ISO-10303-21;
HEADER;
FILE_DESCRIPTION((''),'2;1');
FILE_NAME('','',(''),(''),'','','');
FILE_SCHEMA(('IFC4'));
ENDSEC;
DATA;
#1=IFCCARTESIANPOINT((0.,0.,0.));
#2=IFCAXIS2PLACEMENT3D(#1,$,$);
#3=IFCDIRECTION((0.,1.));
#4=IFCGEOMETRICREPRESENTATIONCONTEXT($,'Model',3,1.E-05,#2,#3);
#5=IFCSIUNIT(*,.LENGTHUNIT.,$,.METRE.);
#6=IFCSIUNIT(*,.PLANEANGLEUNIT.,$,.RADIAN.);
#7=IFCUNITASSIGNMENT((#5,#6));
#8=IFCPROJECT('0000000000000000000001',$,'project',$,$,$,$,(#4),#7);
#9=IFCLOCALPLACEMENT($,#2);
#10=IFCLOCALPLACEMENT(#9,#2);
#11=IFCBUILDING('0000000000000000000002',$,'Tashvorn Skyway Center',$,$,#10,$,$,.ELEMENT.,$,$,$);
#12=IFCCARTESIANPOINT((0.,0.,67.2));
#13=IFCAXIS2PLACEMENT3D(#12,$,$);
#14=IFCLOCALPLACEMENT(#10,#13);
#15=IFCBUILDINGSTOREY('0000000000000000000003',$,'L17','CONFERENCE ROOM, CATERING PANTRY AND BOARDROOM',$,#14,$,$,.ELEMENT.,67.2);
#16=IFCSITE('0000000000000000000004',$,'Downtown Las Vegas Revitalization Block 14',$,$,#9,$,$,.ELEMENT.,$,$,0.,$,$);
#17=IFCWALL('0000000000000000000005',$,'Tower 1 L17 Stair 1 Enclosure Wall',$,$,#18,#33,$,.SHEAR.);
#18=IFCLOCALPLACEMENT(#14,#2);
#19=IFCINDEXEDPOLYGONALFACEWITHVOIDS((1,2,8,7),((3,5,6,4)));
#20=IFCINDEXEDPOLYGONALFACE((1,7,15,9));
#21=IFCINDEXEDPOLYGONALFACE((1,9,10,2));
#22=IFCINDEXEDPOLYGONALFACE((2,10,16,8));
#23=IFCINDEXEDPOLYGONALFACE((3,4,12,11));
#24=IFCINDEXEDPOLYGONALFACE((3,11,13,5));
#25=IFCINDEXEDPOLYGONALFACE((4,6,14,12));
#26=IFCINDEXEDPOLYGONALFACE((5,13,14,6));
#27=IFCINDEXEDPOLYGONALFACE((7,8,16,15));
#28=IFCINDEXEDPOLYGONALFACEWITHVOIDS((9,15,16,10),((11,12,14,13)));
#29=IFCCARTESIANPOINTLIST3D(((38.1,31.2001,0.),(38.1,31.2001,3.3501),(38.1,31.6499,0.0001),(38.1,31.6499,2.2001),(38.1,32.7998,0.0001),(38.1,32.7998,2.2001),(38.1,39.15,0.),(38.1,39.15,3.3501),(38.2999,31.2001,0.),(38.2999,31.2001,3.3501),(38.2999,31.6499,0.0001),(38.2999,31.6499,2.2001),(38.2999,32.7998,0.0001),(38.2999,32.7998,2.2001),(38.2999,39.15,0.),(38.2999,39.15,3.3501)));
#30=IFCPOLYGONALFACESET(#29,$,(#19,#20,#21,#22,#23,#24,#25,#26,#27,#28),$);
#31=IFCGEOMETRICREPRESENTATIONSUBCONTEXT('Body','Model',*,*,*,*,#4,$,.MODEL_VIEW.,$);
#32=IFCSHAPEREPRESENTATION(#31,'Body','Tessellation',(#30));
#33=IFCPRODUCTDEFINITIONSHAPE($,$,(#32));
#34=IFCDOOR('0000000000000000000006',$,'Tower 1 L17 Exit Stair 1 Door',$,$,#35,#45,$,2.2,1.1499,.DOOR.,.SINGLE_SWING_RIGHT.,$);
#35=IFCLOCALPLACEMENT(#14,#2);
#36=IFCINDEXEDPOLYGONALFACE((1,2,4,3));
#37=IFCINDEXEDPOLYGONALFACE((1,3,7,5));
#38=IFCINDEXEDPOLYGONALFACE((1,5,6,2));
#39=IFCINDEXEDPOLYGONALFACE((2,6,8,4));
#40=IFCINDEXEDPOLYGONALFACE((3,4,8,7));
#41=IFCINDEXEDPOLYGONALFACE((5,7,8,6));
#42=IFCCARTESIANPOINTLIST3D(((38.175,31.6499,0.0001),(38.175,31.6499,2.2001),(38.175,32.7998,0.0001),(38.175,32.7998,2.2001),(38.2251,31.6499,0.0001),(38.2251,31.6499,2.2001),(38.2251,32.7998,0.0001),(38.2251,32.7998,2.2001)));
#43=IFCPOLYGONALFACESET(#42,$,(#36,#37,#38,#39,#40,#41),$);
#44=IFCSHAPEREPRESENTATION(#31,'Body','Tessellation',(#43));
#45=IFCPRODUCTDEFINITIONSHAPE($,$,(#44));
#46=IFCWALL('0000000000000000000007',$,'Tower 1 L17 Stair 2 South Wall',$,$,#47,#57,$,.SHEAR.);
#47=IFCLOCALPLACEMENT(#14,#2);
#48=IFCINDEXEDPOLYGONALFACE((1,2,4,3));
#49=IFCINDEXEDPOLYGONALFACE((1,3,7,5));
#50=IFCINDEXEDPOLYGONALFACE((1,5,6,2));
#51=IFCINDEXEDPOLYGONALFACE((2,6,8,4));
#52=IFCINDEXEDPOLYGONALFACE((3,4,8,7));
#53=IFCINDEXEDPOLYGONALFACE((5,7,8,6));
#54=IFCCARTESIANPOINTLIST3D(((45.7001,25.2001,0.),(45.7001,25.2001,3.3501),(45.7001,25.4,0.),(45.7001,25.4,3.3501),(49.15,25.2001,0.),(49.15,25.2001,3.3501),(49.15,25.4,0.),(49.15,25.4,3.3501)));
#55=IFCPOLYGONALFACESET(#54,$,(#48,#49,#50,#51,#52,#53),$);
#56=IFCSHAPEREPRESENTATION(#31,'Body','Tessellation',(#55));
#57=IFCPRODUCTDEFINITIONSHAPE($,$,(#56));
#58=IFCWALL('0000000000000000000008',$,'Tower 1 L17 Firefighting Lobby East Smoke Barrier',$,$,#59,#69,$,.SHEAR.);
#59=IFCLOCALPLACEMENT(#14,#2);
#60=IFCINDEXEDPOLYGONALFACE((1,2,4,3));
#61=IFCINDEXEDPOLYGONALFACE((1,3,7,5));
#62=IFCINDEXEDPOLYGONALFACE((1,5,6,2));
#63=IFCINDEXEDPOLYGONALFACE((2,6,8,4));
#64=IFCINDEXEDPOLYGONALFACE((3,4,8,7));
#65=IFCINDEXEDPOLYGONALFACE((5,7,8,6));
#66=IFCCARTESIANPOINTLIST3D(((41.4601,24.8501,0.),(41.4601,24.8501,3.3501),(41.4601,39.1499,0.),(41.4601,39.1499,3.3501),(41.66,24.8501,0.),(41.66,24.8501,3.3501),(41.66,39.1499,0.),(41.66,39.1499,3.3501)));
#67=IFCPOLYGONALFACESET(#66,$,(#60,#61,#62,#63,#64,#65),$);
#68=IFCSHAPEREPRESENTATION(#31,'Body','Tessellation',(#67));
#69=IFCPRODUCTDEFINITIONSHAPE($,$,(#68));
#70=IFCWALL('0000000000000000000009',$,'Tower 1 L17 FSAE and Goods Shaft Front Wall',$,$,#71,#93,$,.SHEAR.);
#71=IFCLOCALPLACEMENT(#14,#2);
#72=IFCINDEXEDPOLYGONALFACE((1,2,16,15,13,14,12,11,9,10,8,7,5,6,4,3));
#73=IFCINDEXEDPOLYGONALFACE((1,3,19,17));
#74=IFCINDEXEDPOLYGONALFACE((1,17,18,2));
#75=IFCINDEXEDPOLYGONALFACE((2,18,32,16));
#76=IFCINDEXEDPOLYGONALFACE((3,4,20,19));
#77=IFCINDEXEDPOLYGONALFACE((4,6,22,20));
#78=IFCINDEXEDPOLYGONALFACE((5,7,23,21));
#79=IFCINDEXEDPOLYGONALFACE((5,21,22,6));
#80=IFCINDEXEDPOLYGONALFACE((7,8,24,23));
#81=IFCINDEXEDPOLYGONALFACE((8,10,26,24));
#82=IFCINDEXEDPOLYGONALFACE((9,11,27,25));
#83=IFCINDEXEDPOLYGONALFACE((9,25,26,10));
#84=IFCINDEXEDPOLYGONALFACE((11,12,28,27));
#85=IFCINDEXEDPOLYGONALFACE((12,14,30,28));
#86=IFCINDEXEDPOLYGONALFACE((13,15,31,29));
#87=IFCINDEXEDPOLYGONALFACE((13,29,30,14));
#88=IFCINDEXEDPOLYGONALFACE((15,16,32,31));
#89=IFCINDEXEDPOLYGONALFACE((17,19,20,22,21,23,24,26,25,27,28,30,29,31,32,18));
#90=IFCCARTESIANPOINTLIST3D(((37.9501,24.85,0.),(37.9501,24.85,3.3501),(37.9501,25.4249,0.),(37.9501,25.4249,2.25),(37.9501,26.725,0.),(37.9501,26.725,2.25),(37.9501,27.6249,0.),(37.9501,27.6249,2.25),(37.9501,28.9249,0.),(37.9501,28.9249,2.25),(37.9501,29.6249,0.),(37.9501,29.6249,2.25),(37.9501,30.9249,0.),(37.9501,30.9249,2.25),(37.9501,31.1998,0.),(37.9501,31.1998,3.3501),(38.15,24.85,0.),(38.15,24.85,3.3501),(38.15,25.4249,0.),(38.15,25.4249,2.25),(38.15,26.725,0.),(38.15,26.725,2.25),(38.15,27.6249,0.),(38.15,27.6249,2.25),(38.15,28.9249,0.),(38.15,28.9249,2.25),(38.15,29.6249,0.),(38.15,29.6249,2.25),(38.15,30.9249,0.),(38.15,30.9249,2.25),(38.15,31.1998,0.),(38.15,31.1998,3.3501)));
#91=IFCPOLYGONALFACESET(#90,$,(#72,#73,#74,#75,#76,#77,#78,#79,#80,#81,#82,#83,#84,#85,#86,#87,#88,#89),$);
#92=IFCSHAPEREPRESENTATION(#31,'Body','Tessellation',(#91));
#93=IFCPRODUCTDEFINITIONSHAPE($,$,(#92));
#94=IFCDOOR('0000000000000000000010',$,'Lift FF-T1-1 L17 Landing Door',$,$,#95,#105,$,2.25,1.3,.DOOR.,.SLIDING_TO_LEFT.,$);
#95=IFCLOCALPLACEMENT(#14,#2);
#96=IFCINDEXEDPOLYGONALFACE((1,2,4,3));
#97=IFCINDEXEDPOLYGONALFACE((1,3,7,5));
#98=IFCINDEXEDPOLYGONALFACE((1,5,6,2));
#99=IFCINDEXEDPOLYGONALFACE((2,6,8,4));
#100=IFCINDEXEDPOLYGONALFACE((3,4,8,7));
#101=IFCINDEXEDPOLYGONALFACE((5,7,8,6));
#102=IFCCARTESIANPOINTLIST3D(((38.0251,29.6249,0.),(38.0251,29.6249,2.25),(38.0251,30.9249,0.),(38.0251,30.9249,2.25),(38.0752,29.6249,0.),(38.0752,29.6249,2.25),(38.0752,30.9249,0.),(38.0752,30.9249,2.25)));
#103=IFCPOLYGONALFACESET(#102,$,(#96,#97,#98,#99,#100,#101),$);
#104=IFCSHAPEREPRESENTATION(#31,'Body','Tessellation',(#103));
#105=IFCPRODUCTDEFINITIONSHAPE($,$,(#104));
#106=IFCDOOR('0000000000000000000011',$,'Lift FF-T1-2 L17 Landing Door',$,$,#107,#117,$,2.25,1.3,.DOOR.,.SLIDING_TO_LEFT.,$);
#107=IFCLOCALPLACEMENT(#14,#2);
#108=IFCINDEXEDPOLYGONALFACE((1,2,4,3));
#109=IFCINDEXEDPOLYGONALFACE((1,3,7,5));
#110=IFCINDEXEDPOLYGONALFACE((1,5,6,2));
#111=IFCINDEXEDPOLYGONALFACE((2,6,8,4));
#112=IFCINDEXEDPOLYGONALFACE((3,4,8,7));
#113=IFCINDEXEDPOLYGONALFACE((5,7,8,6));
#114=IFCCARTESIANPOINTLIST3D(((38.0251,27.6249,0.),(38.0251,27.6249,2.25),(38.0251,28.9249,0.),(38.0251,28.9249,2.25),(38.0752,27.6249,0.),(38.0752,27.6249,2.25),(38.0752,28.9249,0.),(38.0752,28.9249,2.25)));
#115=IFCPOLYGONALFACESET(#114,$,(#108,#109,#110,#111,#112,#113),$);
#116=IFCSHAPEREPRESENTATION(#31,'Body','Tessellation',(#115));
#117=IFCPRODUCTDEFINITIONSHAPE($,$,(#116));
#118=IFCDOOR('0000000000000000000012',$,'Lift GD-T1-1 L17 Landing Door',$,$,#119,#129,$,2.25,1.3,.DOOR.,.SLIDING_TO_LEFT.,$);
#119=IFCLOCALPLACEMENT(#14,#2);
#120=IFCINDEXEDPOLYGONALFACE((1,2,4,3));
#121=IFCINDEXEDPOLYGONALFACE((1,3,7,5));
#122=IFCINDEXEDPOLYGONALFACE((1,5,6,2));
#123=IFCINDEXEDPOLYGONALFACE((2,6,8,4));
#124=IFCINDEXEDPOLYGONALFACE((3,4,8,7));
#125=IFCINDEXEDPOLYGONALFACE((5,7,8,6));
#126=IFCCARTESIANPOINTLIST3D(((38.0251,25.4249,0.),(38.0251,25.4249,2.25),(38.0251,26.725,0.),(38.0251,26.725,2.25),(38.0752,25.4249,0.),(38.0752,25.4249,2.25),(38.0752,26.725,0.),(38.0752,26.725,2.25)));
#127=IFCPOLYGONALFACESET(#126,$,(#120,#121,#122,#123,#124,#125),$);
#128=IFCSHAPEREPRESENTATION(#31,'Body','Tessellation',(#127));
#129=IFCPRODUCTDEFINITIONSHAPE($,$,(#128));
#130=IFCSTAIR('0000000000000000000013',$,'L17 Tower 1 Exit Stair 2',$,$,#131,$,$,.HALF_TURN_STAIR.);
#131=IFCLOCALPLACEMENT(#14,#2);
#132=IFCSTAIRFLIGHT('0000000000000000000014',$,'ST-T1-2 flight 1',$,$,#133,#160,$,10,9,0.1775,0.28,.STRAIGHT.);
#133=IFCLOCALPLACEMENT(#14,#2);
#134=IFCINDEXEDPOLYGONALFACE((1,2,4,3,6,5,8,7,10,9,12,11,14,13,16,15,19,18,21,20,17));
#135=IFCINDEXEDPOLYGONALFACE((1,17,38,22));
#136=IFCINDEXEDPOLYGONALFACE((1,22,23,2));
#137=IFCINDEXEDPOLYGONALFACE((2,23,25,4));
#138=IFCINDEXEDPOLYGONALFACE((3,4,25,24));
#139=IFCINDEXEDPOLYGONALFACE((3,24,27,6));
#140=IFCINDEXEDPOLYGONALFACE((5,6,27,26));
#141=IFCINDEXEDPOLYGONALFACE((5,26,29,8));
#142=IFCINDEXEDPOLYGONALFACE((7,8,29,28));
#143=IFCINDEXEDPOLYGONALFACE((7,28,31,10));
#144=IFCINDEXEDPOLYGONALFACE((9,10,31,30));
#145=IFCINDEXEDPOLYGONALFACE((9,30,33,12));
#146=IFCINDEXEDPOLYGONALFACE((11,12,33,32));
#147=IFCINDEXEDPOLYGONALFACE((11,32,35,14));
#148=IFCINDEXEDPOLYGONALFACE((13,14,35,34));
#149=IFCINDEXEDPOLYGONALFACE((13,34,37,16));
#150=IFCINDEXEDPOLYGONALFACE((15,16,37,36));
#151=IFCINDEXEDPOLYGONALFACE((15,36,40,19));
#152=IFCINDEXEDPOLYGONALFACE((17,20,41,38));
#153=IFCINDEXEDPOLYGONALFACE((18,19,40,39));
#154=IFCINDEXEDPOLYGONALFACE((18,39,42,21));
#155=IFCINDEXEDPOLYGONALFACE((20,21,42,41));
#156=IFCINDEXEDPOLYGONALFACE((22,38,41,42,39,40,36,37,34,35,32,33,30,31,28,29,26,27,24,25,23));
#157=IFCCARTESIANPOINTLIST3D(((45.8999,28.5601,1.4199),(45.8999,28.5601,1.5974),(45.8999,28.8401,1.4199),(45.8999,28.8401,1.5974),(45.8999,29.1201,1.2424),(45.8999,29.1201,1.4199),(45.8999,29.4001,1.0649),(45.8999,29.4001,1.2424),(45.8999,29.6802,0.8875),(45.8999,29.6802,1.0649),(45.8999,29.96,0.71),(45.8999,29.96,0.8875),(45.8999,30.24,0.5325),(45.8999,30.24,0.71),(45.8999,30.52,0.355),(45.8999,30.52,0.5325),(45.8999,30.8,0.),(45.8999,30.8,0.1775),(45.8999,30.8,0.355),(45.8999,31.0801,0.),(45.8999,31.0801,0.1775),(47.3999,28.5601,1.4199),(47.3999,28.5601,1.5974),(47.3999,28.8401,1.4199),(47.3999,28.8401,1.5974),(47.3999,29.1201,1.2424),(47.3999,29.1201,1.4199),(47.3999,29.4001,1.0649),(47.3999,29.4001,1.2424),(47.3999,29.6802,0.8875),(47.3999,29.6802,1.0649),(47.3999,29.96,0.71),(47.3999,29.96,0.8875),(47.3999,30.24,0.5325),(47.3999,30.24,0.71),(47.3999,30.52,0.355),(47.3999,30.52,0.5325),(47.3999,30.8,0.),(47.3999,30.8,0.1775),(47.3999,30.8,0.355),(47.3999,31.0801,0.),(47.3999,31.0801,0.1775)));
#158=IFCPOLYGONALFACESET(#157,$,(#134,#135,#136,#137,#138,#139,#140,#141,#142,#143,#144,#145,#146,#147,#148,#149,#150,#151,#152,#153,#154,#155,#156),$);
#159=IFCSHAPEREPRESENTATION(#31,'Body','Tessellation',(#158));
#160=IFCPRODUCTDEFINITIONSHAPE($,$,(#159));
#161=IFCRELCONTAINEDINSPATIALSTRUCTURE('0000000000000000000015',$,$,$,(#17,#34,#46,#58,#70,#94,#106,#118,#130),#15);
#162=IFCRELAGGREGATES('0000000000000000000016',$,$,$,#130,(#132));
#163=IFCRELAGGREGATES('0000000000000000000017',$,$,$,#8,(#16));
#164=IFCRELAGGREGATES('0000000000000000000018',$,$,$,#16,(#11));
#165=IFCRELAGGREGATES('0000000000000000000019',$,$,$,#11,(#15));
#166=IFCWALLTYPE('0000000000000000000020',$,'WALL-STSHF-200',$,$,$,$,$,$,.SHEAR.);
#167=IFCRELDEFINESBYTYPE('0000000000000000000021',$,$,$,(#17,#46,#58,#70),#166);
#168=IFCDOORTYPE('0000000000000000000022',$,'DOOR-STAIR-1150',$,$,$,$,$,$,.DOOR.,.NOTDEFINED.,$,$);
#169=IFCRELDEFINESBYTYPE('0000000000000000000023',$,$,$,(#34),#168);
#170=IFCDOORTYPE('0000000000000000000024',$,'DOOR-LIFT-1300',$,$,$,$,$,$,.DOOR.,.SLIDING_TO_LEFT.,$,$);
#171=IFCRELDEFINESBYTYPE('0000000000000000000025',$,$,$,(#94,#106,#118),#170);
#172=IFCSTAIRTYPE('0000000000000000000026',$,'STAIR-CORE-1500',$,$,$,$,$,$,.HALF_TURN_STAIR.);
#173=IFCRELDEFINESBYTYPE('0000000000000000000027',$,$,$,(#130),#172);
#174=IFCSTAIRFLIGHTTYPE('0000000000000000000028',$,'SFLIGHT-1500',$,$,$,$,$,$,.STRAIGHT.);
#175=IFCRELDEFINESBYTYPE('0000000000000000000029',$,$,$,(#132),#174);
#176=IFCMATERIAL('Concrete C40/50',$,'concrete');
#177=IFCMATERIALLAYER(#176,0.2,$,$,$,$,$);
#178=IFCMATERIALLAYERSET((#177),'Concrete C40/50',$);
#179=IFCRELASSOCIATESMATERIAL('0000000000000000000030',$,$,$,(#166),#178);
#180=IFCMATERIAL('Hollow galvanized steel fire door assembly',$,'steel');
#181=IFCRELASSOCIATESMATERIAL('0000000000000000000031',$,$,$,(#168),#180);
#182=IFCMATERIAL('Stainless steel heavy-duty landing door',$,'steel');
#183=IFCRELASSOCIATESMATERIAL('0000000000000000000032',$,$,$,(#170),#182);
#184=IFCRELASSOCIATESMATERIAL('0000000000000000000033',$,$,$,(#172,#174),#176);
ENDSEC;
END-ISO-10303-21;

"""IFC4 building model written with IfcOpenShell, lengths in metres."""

from ifc_helpers import new_model, si_unit, direction, frame, frame_2d, origin, place, context, subcontext, project, spatial, polyline, rectangle, outline, extrude, material, layer, layer_set, type_object, element, fill, aggregate, save


model = new_model("IFC4")

# Units and contexts
model_context = context("Model", 3, precision=1e-05, world=origin(), true_north=direction((0.0, 1.0)))
body_context = subcontext(model_context, "Body", "Model", "MODEL_VIEW")
ifc_project = project(units=[si_unit("LENGTHUNIT", "METRE"), si_unit("PLANEANGLEUNIT", "RADIAN")], contexts=[model_context])

# Site, building, storey
site_placement = place(None, origin())
site = spatial("IfcSite", under=ifc_project, at=site_placement, Name="Downtown Las Vegas Revitalization Block 14", CompositionType="ELEMENT", RefElevation=0.0)
building_placement = place(site_placement, origin())
building = spatial("IfcBuilding", under=site, at=building_placement, Name="Tashvorn Skyway Center", CompositionType="ELEMENT")
storey_placement = place(building_placement, frame((0.0, 0.0, 67.2)))
storey = spatial("IfcBuildingStorey", under=building, at=storey_placement, Name="L17", Description="CONFERENCE ROOM, CATERING PANTRY AND BOARDROOM", CompositionType="ELEMENT", Elevation=67.2)

# Shared definitions
ifc_material_1 = material(Name="Concrete C40/50", Category="concrete")
ifc_material_2 = material(Name="Hollow galvanized steel fire door assembly", Category="steel")

# Wall, opening, door
ifc_layer_1 = layer(ifc_material_1, 0.2)
ifc_layer_set_1 = layer_set([ifc_layer_1], Name="Concrete C40/50")
wall_type_1 = type_object("IfcWallType", Name="WALL-STSHF-200", PredefinedType="SHEAR", material=ifc_layer_set_1)
wall_1_placement = place(storey_placement, frame((38.2, 31.2, 0.0), z_axis=(0.0, 0.0, 1.0), x_axis=(0.0, 1.0, 0.0)))
wall_1 = element("IfcWall", 1, at=wall_1_placement, inside=storey, type_object=wall_type_1, Name="Tower 1 L17 Stair 1 Enclosure Wall", PredefinedType="SHEAR", context=body_context, shape_type="SweptSolid", body=[
    extrude(rectangle(XDim=7.95, YDim=0.2, at=frame_2d((3.9751, 0.0))), origin(), (0.0, 0.0, 1.0), 3.3501),
])
opening_1_placement = place(wall_1_placement, frame((0.45, 0.0, 0.0)))
opening_1 = element("IfcOpeningElement", 2, at=opening_1_placement, cuts=wall_1, PredefinedType="OPENING", context=body_context, shape_type="SweptSolid", body=[
    extrude(rectangle(XDim=1.1499, YDim=2.2, at=frame_2d((0.575, 1.1001))), frame((0.0, 0.1099, 0.0), z_axis=(0.0, -1.0, 0.0), x_axis=(1.0, 0.0, 0.0)), (0.0, 0.0, 1.0), 0.22),
])
door_type_1 = type_object("IfcDoorType", Name="DOOR-STAIR-1150", OperationType="NOTDEFINED", PredefinedType="DOOR", material=ifc_material_2)
door_1_placement = place(opening_1_placement, origin())
door_1 = element("IfcDoor", 3, at=door_1_placement, inside=storey, type_object=door_type_1, Name="Tower 1 L17 Exit Stair 1 Door", OperationType="SINGLE_SWING_RIGHT", OverallHeight=2.2, OverallWidth=1.1499, PredefinedType="DOOR", context=body_context, shape_type="SweptSolid", body=[
    extrude(rectangle(XDim=1.1499, YDim=2.2, at=frame_2d((0.575, 1.1001))), frame((0.0, 0.0249, 0.0), z_axis=(0.0, -1.0, 0.0), x_axis=(1.0, 0.0, 0.0)), (0.0, 0.0, 1.0), 0.05),
])
fill(opening_1, door_1)

# Walls
wall_2_placement = place(storey_placement, frame((45.7, 25.3, 0.0), z_axis=(0.0, 0.0, 1.0), x_axis=(1.0, 0.0, 0.0)))
element("IfcWall", 4, at=wall_2_placement, inside=storey, type_object=wall_type_1, Name="Tower 1 L17 Stair 2 South Wall", PredefinedType="SHEAR", context=body_context, shape_type="SweptSolid", body=[
    extrude(rectangle(XDim=3.45, YDim=0.2, at=frame_2d((1.7251, 0.0))), origin(), (0.0, 0.0, 1.0), 3.3501),
])
wall_3_placement = place(storey_placement, frame((41.5601, 24.8501, 0.0), z_axis=(0.0, 0.0, 1.0), x_axis=(0.0, 1.0, 0.0)))
element("IfcWall", 5, at=wall_3_placement, inside=storey, type_object=wall_type_1, Name="Tower 1 L17 Firefighting Lobby East Smoke Barrier", PredefinedType="SHEAR", context=body_context, shape_type="SweptSolid", body=[
    extrude(rectangle(XDim=14.2998, YDim=0.2, at=frame_2d((7.1499, 0.0))), origin(), (0.0, 0.0, 1.0), 3.3501),
])

# Wall, openings, doors
wall_4_placement = place(storey_placement, frame((38.05, 24.8501, 0.0), z_axis=(0.0, 0.0, 1.0), x_axis=(0.0, 1.0, 0.0)))
wall_4 = element("IfcWall", 6, at=wall_4_placement, inside=storey, type_object=wall_type_1, Name="Tower 1 L17 FSAE and Goods Shaft Front Wall", PredefinedType="SHEAR", context=body_context, shape_type="SweptSolid", body=[
    extrude(rectangle(XDim=6.3499, YDim=0.2, at=frame_2d((3.1748, 0.0))), origin(), (0.0, 0.0, 1.0), 3.3501),
])
opening_2_placement = place(wall_4_placement, frame((4.7749, 0.0, 0.0)))
opening_2 = element("IfcOpeningElement", 7, at=opening_2_placement, cuts=wall_4, PredefinedType="OPENING", context=body_context, shape_type="SweptSolid", body=[
    extrude(rectangle(XDim=1.3, YDim=2.25, at=frame_2d((0.6499, 1.125))), frame((0.0, 0.1099, 0.0), z_axis=(0.0, -1.0, 0.0), x_axis=(1.0, 0.0, 0.0)), (0.0, 0.0, 1.0), 0.22),
])
opening_3_placement = place(wall_4_placement, frame((2.7749, 0.0, 0.0)))
opening_3 = element("IfcOpeningElement", 8, at=opening_3_placement, cuts=wall_4, PredefinedType="OPENING", context=body_context, shape_type="SweptSolid", body=[
    extrude(rectangle(XDim=1.3, YDim=2.25, at=frame_2d((0.6499, 1.125))), frame((0.0, 0.1099, 0.0), z_axis=(0.0, -1.0, 0.0), x_axis=(1.0, 0.0, 0.0)), (0.0, 0.0, 1.0), 0.22),
])
opening_4_placement = place(wall_4_placement, frame((0.575, 0.0, 0.0)))
opening_4 = element("IfcOpeningElement", 9, at=opening_4_placement, cuts=wall_4, PredefinedType="OPENING", context=body_context, shape_type="SweptSolid", body=[
    extrude(rectangle(XDim=1.3, YDim=2.25, at=frame_2d((0.6499, 1.125))), frame((0.0, 0.1099, 0.0), z_axis=(0.0, -1.0, 0.0), x_axis=(1.0, 0.0, 0.0)), (0.0, 0.0, 1.0), 0.22),
])
ifc_material_3 = material(Name="Stainless steel heavy-duty landing door", Category="steel")
door_type_2 = type_object("IfcDoorType", Name="DOOR-LIFT-1300", OperationType="SLIDING_TO_LEFT", PredefinedType="DOOR", material=ifc_material_3)
door_2_placement = place(opening_2_placement, origin())
door_2 = element("IfcDoor", 10, at=door_2_placement, inside=storey, type_object=door_type_2, Name="Lift FF-T1-1 L17 Landing Door", OperationType="SLIDING_TO_LEFT", OverallHeight=2.25, OverallWidth=1.3, PredefinedType="DOOR", context=body_context, shape_type="SweptSolid", body=[
    extrude(rectangle(XDim=1.3, YDim=2.25, at=frame_2d((0.6499, 1.125))), frame((0.0, 0.0249, 0.0), z_axis=(0.0, -1.0, 0.0), x_axis=(1.0, 0.0, 0.0)), (0.0, 0.0, 1.0), 0.05),
])
fill(opening_2, door_2)
door_3_placement = place(opening_3_placement, origin())
door_3 = element("IfcDoor", 11, at=door_3_placement, inside=storey, type_object=door_type_2, Name="Lift FF-T1-2 L17 Landing Door", OperationType="SLIDING_TO_LEFT", OverallHeight=2.25, OverallWidth=1.3, PredefinedType="DOOR", context=body_context, shape_type="SweptSolid", body=[
    extrude(rectangle(XDim=1.3, YDim=2.25, at=frame_2d((0.6499, 1.125))), frame((0.0, 0.0249, 0.0), z_axis=(0.0, -1.0, 0.0), x_axis=(1.0, 0.0, 0.0)), (0.0, 0.0, 1.0), 0.05),
])
fill(opening_3, door_3)
door_4_placement = place(opening_4_placement, origin())
door_4 = element("IfcDoor", 12, at=door_4_placement, inside=storey, type_object=door_type_2, Name="Lift GD-T1-1 L17 Landing Door", OperationType="SLIDING_TO_LEFT", OverallHeight=2.25, OverallWidth=1.3, PredefinedType="DOOR", context=body_context, shape_type="SweptSolid", body=[
    extrude(rectangle(XDim=1.3, YDim=2.25, at=frame_2d((0.6499, 1.125))), frame((0.0, 0.0249, 0.0), z_axis=(0.0, -1.0, 0.0), x_axis=(1.0, 0.0, 0.0)), (0.0, 0.0, 1.0), 0.05),
])
fill(opening_4, door_4)

# Stair, stair flight
stair_type = type_object("IfcStairType", Name="STAIR-CORE-1500", PredefinedType="HALF_TURN_STAIR", material=ifc_material_1)
stair_placement = place(storey_placement, origin())
stair = element("IfcStair", 13, at=stair_placement, inside=storey, type_object=stair_type, Name="L17 Tower 1 Exit Stair 2", PredefinedType="HALF_TURN_STAIR")
stair_flight_type = type_object("IfcStairFlightType", Name="SFLIGHT-1500", PredefinedType="STRAIGHT", material=ifc_material_1)
stair_flight_placement = place(storey_placement, frame((46.6499, 31.0801, 0.0), z_axis=(0.0, 0.0, 1.0), x_axis=(0.0, -1.0, 0.0)))
stair_flight = element("IfcStairFlight", 14, at=stair_flight_placement, type_object=stair_flight_type, Name="ST-T1-2 flight 1", NumberOfRisers=10, NumberOfTreads=9, PredefinedType="STRAIGHT", RiserHeight=0.1775, TreadLength=0.28, context=body_context, shape_type="SweptSolid", body=[
    extrude(outline(polyline([(0.0, 0.0), (0.0, 0.1775), (0.28, 0.1775), (0.28, 0.355), (0.5601, 0.355), (0.5601, 0.5325), (0.8401, 0.5325), (0.8401, 0.71), (1.1201, 0.71), (1.1201, 0.8875), (1.3999, 0.8875), (1.3999, 1.0649), (1.6799, 1.0649), (1.6799, 1.2424), (1.96, 1.2424), (1.96, 1.4199), (2.24, 1.4199), (2.24, 1.5974), (2.52, 1.5974), (2.52, 1.7749), (2.52, 1.4199), (0.28, 0.0), (0.0, 0.0)])), frame((0.0, 0.75, 0.0), z_axis=(0.0, -1.0, 0.0), x_axis=(1.0, 0.0, 0.0)), (0.0, 0.0, 1.0), 1.5),
])
aggregate(stair, [stair_flight])

save(model, "model.ifc")
